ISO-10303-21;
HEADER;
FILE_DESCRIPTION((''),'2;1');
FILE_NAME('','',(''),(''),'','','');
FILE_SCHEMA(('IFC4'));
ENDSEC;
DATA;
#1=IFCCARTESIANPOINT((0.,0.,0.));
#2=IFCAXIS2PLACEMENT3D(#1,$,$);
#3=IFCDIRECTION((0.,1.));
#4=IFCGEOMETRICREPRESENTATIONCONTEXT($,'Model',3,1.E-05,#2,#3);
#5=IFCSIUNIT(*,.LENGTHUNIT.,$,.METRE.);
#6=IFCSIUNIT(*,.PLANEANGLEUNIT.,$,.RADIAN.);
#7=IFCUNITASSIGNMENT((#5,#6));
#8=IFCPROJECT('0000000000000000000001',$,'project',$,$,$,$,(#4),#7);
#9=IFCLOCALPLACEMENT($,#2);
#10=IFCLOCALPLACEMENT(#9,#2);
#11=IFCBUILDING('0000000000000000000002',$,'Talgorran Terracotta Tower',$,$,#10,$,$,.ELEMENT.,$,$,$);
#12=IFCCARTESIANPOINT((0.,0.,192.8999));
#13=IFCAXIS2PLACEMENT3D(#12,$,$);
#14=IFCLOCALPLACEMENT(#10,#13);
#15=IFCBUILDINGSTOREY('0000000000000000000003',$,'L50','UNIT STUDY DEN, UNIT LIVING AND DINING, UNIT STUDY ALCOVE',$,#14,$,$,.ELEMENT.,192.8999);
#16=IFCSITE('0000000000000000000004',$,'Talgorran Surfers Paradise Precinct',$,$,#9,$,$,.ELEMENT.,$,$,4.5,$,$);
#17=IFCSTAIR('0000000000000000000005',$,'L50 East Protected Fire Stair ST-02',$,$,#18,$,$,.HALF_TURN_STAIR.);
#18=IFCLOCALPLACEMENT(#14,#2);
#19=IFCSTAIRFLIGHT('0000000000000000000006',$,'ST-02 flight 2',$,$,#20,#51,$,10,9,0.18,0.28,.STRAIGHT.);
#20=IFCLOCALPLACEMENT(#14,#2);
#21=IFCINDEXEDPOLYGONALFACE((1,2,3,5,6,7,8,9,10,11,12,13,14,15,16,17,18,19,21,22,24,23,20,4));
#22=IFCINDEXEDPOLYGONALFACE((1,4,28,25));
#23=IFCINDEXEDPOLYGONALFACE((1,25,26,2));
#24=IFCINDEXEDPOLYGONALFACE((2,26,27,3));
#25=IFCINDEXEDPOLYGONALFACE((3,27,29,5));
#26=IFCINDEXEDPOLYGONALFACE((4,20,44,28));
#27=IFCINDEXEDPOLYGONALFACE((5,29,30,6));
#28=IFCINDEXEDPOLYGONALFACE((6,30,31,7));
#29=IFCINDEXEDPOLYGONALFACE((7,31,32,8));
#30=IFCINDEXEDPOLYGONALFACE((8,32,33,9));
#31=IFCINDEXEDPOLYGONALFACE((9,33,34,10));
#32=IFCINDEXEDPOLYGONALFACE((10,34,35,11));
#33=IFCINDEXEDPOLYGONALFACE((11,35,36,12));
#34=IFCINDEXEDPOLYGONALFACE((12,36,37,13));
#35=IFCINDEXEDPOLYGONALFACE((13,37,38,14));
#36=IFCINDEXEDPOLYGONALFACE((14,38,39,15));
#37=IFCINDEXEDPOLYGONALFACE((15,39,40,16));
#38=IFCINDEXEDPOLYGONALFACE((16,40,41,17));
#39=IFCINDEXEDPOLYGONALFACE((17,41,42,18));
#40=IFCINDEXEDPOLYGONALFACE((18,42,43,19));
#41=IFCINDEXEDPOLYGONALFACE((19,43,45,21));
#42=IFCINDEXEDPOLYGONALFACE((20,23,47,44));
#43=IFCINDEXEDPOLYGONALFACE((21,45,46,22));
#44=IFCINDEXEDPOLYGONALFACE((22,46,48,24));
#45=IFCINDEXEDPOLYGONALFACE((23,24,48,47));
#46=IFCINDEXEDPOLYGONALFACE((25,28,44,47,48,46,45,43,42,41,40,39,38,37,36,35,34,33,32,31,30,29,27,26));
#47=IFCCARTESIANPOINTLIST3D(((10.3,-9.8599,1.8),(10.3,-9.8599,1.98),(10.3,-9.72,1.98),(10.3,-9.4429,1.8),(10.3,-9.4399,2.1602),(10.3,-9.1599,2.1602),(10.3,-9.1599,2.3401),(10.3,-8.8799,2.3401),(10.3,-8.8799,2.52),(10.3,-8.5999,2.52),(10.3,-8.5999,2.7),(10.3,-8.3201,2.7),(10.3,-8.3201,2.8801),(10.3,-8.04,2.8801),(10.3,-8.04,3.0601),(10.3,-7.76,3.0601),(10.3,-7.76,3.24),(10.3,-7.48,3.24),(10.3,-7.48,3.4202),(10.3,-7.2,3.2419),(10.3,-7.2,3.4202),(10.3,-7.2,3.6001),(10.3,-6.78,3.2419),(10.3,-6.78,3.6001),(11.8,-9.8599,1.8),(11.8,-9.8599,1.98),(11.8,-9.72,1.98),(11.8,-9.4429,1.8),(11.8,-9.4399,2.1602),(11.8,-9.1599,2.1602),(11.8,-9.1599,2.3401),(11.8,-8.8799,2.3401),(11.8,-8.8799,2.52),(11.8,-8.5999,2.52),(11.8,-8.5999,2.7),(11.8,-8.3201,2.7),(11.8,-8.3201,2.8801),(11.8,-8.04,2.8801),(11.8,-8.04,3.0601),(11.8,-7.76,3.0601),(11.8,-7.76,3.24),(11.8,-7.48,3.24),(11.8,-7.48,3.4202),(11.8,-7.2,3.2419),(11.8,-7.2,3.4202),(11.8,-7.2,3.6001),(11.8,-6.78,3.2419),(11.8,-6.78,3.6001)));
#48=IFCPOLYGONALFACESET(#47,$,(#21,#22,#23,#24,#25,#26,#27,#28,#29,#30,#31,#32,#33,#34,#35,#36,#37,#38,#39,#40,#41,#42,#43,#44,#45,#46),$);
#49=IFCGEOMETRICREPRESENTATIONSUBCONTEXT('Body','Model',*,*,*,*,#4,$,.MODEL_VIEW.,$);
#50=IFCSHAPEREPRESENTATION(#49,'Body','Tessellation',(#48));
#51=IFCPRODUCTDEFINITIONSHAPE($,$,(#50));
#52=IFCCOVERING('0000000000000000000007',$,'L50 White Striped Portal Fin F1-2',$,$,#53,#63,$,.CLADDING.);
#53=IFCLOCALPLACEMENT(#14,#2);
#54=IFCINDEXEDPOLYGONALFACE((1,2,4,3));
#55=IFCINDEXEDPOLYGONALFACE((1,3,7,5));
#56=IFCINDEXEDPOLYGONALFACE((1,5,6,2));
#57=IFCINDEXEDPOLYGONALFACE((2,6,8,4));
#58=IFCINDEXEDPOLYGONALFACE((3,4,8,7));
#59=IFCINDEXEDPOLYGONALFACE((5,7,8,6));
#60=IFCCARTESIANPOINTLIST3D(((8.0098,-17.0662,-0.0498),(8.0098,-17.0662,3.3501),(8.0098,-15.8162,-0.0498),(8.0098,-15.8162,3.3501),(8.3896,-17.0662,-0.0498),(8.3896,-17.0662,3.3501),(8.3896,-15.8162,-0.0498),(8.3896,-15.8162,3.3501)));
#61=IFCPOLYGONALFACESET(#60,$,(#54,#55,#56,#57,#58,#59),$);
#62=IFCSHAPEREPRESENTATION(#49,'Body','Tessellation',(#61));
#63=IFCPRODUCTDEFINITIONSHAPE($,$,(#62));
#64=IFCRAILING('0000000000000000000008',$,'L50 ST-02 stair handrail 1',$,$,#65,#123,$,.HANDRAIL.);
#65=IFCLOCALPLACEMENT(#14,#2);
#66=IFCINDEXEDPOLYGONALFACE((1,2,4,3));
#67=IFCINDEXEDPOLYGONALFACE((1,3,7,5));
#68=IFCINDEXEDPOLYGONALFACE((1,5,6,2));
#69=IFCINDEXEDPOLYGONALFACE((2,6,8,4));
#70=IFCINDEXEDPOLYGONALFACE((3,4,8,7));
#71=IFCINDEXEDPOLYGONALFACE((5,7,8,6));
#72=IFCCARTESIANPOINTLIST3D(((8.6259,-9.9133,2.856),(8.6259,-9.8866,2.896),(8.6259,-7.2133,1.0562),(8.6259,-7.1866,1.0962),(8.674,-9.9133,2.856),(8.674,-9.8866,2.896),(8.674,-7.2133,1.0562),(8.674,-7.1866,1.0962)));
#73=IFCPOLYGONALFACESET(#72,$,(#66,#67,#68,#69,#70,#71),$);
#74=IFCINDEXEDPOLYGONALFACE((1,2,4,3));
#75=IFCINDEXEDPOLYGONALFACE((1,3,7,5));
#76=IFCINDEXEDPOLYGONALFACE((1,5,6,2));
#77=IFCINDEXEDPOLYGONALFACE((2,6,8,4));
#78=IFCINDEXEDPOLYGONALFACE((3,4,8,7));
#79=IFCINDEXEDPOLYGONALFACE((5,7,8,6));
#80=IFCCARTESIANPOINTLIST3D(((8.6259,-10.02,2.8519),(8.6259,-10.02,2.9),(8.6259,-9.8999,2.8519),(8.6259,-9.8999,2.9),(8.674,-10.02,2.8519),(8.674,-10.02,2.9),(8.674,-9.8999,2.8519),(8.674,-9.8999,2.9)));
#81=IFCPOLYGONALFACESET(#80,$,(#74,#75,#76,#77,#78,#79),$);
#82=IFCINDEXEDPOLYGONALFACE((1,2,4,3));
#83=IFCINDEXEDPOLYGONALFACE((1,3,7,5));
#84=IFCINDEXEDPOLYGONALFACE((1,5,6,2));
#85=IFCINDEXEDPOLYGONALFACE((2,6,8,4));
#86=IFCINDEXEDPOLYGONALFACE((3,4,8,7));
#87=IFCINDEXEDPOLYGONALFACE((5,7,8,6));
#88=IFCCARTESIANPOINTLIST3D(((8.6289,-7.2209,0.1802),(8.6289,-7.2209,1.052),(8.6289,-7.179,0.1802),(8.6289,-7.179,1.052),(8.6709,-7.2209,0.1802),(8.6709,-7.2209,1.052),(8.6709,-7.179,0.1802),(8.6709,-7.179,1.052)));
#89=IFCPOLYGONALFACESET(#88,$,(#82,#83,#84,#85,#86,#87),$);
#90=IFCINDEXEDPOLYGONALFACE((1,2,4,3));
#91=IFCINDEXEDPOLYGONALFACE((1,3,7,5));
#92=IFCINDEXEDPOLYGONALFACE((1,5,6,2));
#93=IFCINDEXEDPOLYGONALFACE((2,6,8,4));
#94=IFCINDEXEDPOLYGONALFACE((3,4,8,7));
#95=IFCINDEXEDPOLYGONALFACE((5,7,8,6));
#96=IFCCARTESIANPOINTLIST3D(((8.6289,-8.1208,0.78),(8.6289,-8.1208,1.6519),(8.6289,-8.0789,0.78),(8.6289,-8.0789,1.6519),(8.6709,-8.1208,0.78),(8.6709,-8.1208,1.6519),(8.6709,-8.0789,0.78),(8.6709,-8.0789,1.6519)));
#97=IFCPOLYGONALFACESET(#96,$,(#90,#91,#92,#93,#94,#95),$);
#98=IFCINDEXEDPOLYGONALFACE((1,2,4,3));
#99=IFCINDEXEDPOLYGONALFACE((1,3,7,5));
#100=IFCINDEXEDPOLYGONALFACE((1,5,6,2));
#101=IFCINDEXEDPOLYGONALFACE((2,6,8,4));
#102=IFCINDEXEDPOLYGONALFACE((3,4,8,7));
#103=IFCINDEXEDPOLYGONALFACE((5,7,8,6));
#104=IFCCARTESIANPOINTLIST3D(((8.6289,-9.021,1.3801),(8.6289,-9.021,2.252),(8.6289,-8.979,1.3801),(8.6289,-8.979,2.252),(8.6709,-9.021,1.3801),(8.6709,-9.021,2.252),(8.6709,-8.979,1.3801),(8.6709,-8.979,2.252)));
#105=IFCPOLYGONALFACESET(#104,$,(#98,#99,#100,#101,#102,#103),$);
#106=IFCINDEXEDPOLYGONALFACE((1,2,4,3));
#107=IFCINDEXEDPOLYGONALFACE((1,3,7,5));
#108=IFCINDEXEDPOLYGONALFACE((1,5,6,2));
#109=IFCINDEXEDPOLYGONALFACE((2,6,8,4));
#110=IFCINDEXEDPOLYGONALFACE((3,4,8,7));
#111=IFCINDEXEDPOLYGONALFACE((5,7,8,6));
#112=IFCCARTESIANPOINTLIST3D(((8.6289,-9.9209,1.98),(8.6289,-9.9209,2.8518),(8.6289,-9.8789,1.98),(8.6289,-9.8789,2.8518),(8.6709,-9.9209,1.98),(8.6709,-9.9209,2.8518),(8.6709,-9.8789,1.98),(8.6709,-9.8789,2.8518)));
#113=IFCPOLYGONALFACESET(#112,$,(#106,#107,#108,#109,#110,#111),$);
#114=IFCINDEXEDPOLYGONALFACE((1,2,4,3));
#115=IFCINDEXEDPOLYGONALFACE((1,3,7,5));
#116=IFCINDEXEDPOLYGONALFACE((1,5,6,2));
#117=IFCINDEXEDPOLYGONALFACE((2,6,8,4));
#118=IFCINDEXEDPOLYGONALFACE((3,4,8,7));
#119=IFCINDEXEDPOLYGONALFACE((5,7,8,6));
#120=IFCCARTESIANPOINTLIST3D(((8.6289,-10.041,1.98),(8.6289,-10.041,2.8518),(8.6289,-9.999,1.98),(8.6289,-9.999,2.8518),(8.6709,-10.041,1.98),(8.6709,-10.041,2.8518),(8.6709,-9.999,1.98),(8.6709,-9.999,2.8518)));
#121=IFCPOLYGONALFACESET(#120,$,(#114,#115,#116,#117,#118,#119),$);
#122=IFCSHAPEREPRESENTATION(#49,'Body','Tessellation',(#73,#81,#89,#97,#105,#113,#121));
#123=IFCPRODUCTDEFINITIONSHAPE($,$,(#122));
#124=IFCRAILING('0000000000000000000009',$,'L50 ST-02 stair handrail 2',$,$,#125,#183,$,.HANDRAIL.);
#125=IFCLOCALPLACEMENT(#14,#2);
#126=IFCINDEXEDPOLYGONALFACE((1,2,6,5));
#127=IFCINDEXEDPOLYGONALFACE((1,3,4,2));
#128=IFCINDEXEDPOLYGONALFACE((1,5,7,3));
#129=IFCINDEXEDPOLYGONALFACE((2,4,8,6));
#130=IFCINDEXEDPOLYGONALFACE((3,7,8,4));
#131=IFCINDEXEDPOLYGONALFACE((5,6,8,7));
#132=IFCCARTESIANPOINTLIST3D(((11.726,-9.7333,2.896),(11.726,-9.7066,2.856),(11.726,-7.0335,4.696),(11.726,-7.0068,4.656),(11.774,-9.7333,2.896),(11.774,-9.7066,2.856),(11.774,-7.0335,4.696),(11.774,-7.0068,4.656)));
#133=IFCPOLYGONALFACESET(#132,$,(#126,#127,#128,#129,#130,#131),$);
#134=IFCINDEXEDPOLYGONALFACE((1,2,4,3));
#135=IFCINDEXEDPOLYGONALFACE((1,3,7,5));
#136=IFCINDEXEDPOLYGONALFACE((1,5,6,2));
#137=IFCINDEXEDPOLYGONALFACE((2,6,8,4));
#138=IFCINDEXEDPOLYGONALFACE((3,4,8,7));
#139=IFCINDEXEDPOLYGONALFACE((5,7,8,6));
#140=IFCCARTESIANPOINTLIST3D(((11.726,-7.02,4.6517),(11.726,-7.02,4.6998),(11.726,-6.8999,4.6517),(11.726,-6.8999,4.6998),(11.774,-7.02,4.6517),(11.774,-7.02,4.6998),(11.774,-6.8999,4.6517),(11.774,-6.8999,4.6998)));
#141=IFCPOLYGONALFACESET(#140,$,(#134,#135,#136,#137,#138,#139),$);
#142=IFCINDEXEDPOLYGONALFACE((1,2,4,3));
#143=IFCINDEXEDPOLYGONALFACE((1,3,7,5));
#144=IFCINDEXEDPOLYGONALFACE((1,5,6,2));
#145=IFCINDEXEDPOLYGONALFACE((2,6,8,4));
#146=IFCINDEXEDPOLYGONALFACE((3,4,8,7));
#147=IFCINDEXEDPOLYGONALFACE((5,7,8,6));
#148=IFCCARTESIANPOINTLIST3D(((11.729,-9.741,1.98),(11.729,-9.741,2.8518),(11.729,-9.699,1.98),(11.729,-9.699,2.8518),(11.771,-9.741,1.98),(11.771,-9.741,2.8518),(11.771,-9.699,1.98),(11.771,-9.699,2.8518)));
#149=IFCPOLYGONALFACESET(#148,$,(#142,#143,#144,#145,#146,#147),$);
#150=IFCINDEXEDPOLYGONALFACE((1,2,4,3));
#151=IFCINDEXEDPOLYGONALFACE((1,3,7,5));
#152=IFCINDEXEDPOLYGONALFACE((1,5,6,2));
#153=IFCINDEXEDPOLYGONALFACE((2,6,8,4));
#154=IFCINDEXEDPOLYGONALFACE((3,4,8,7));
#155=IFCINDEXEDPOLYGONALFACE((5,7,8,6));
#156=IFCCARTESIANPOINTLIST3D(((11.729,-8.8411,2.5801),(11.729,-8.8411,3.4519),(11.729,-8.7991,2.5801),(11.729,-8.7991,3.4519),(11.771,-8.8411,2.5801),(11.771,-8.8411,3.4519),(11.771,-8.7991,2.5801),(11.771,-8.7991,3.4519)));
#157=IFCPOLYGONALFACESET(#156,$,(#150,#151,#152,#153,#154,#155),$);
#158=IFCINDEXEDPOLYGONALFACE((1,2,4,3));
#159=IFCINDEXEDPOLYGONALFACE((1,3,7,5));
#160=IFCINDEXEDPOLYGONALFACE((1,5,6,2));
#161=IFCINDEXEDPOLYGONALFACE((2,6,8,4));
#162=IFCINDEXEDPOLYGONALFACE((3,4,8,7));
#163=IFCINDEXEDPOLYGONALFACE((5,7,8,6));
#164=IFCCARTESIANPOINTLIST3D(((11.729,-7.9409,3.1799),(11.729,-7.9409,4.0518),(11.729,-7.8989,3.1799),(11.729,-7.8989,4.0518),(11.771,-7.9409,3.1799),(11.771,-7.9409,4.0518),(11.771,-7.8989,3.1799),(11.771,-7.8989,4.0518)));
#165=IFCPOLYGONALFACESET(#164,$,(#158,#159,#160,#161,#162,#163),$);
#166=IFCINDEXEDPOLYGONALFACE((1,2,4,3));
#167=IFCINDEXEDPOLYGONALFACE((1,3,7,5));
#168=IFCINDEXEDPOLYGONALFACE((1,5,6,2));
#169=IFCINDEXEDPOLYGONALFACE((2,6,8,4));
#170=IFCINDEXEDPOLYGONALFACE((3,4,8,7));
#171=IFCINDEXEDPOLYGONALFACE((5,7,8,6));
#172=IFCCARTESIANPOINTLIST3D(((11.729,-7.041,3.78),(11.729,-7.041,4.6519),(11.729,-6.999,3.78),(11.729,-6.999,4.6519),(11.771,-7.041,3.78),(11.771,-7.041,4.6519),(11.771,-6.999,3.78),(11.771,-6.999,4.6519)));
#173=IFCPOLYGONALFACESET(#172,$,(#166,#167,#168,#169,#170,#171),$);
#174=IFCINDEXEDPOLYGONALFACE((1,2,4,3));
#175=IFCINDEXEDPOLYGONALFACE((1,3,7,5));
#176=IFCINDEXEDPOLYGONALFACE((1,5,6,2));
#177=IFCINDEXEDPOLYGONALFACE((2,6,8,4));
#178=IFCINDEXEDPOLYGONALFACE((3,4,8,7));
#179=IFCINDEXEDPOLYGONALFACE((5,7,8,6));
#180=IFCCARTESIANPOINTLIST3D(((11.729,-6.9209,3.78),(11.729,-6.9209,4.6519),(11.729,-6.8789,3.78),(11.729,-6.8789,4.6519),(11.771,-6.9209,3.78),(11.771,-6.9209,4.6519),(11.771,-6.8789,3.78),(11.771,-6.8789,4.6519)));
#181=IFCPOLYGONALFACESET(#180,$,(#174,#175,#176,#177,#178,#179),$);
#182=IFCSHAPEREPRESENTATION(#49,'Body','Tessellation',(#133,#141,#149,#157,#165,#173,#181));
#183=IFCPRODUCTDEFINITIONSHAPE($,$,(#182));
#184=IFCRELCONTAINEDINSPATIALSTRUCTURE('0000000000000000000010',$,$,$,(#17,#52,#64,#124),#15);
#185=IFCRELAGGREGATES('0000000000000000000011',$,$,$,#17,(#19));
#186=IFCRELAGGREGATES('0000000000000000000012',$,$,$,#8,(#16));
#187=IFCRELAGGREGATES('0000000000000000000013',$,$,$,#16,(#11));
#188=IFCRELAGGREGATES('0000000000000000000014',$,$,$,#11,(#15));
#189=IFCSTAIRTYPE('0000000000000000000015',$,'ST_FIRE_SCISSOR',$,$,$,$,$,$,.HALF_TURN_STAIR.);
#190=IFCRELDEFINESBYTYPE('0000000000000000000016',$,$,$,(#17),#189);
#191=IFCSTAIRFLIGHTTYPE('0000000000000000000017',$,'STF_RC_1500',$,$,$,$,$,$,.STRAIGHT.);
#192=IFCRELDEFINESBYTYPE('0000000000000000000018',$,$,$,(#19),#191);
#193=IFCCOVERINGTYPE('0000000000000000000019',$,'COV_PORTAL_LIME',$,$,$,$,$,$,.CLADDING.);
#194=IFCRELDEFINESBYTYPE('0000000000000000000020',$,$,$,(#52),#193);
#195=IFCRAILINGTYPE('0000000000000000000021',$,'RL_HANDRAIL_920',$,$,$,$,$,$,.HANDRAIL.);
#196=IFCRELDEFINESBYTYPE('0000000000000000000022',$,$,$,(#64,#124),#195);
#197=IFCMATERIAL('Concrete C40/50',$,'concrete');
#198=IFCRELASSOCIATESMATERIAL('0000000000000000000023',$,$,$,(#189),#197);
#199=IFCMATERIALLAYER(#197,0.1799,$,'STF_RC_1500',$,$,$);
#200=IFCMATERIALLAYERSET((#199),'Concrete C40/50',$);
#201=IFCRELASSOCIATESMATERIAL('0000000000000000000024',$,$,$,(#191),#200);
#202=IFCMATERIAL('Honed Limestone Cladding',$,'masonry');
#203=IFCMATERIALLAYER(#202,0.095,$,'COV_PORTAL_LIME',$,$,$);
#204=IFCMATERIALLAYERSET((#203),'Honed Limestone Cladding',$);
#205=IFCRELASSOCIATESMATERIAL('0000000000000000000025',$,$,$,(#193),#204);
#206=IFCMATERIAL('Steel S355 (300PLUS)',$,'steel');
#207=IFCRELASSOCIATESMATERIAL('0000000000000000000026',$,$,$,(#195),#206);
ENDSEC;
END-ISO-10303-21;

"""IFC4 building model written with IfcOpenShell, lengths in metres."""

from ifc_helpers import new_model, si_unit, direction, frame, origin, origin_2d, place, context, subcontext, project, spatial, polyline, rectangle, outline, extrude, material, layer, layer_set, type_object, element, aggregate, save


model = new_model("IFC4")

# Units and contexts
model_context = context("Model", 3, precision=1e-05, world=origin(), true_north=direction((0.0, 1.0)))
body_context = subcontext(model_context, "Body", "Model", "MODEL_VIEW")
ifc_project = project(units=[si_unit("LENGTHUNIT", "METRE"), si_unit("PLANEANGLEUNIT", "RADIAN")], contexts=[model_context])

# Site, building, storey
site_placement = place(None, origin())
site = spatial("IfcSite", under=ifc_project, at=site_placement, Name="Talgorran Surfers Paradise Precinct", CompositionType="ELEMENT", RefElevation=4.5)
building_placement = place(site_placement, origin())
building = spatial("IfcBuilding", under=site, at=building_placement, Name="Talgorran Terracotta Tower", CompositionType="ELEMENT")
storey_placement = place(building_placement, frame((0.0, 0.0, 192.8999)))
storey = spatial("IfcBuildingStorey", under=building, at=storey_placement, Name="L50", Description="UNIT STUDY DEN, UNIT LIVING AND DINING, UNIT STUDY ALCOVE", CompositionType="ELEMENT", Elevation=192.8999)

# Shared definitions
ifc_material_1 = material(Name="Steel S355 (300PLUS)", Category="steel")

# Stair, stair flight
ifc_material_2 = material(Name="Concrete C40/50", Category="concrete")
stair_type = type_object("IfcStairType", Name="ST_FIRE_SCISSOR", PredefinedType="HALF_TURN_STAIR", material=ifc_material_2)
stair_placement = place(storey_placement, origin())
stair = element("IfcStair", 1, at=stair_placement, inside=storey, type_object=stair_type, Name="L50 East Protected Fire Stair ST-02", PredefinedType="HALF_TURN_STAIR")
ifc_layer_1 = layer(ifc_material_2, 0.1799, Name="STF_RC_1500")
ifc_layer_set_1 = layer_set([ifc_layer_1], Name="Concrete C40/50")
stair_flight_type = type_object("IfcStairFlightType", Name="STF_RC_1500", PredefinedType="STRAIGHT", material=ifc_layer_set_1)
stair_flight_1_placement = place(storey_placement, frame((11.05, -9.72, 1.8), z_axis=(0.0, 0.0, 1.0), x_axis=(0.0, 1.0, 0.0)))
stair_flight_1 = element("IfcStairFlight", 2, at=stair_flight_1_placement, type_object=stair_flight_type, Name="ST-02 flight 2", NumberOfRisers=10, NumberOfTreads=9, PredefinedType="STRAIGHT", RiserHeight=0.18, TreadLength=0.28, context=body_context, shape_type="SweptSolid", body=[
    extrude(outline(polyline([(-0.1399, 0.0), (-0.1399, 0.1799), (0.0, 0.1799), (0.28, 0.3601), (0.5601, 0.3601), (0.5601, 0.54), (0.8401, 0.54), (0.8401, 0.72), (1.1201, 0.72), (1.1201, 0.8999), (1.3999, 0.8999), (1.3999, 1.0801), (1.6799, 1.0801), (1.6799, 1.26), (1.96, 1.26), (1.96, 1.4399), (2.24, 1.4399), (2.24, 1.6201), (2.52, 1.6201), (2.52, 1.8), (2.9399, 1.8), (2.9399, 1.4419), (2.52, 1.4419), (0.2771, 0.0), (-0.1399, 0.0)])), frame((0.0, 0.75, 0.0), z_axis=(0.0, -1.0, 0.0), x_axis=(1.0, 0.0, 0.0)), (0.0, 0.0, 1.0), 1.5),
])
aggregate(stair, [stair_flight_1])

# Covering
ifc_material_3 = material(Name="Honed Limestone Cladding", Category="masonry")
ifc_layer_2 = layer(ifc_material_3, 0.095, Name="COV_PORTAL_LIME")
ifc_layer_set_2 = layer_set([ifc_layer_2], Name="Honed Limestone Cladding")
covering_type = type_object("IfcCoveringType", Name="COV_PORTAL_LIME", PredefinedType="CLADDING", material=ifc_layer_set_2)
covering_placement = place(storey_placement, frame((8.1997, -16.4412, -0.0498), z_axis=(0.0, 0.0, 1.0), x_axis=(1.0, 0.0, 0.0)))
element("IfcCovering", 3, at=covering_placement, inside=storey, type_object=covering_type, Name="L50 White Striped Portal Fin F1-2", PredefinedType="CLADDING", context=body_context, shape_type="SweptSolid", body=[
    extrude(rectangle(XDim=0.3799, YDim=1.25, at=origin_2d()), origin(), (0.0, 0.0, 1.0), 3.3999),
])

# Railings
railing_type_1 = type_object("IfcRailingType", Name="RL_HANDRAIL_920", PredefinedType="HANDRAIL", material=ifc_material_1)
railing_1_placement = place(storey_placement, frame((8.6499, -7.2, 0.1802)))
element("IfcRailing", 4, at=railing_1_placement, inside=storey, type_object=railing_type_1, Name="L50 ST-02 stair handrail 1", PredefinedType="HANDRAIL", context=body_context, shape_type="SweptSolid", body=[
    extrude(rectangle(XDim=0.0481, YDim=0.0481, at=origin_2d()), frame((0.0, 0.0, 0.896), z_axis=(0.0, -0.832073, 0.554665), x_axis=(1.0, 0.0, 0.0)), (0.0, 0.0, 1.0), 3.2449),
    extrude(rectangle(XDim=0.0481, YDim=0.0481, at=origin_2d()), frame((0.0, -2.7, 2.6958), z_axis=(0.0, -1.0, 0.0), x_axis=(1.0, 0.0, 0.0)), (0.0, 0.0, 1.0), 0.1201),
    extrude(rectangle(XDim=0.042, YDim=0.042, at=origin_2d()), origin(), (0.0, 0.0, 1.0), 0.8718),
    extrude(rectangle(XDim=0.042, YDim=0.042, at=origin_2d()), frame((0.0, -0.8999, 0.5999)), (0.0, 0.0, 1.0), 0.8718),
    extrude(rectangle(XDim=0.042, YDim=0.042, at=origin_2d()), frame((0.0, -1.8, 1.2)), (0.0, 0.0, 1.0), 0.8718),
    extrude(rectangle(XDim=0.042, YDim=0.042, at=origin_2d()), frame((0.0, -2.7, 1.7998)), (0.0, 0.0, 1.0), 0.8718),
    extrude(rectangle(XDim=0.042, YDim=0.042, at=origin_2d()), frame((0.0, -2.8201, 1.7998)), (0.0, 0.0, 1.0), 0.8718),
])
railing_2_placement = place(storey_placement, frame((11.75, -9.72, 1.98)))
element("IfcRailing", 5, at=railing_2_placement, inside=storey, type_object=railing_type_1, Name="L50 ST-02 stair handrail 2", PredefinedType="HANDRAIL", context=body_context, shape_type="SweptSolid", body=[
    extrude(rectangle(XDim=0.0481, YDim=0.0481, at=origin_2d()), frame((0.0, 0.0, 0.896), z_axis=(0.0, 0.832039, 0.554718), x_axis=(-1.0, 0.0, 0.0)), (0.0, 0.0, 1.0), 3.2449),
    extrude(rectangle(XDim=0.0481, YDim=0.0481, at=origin_2d()), frame((0.0, 2.7, 2.6958), z_axis=(0.0, 1.0, 0.0), x_axis=(-1.0, 0.0, 0.0)), (0.0, 0.0, 1.0), 0.1201),
    extrude(rectangle(XDim=0.042, YDim=0.042, at=origin_2d()), origin(), (0.0, 0.0, 1.0), 0.8718),
    extrude(rectangle(XDim=0.042, YDim=0.042, at=origin_2d()), frame((0.0, 0.8999, 0.6001)), (0.0, 0.0, 1.0), 0.8718),
    extrude(rectangle(XDim=0.042, YDim=0.042, at=origin_2d()), frame((0.0, 1.8, 1.2)), (0.0, 0.0, 1.0), 0.8718),
    extrude(rectangle(XDim=0.042, YDim=0.042, at=origin_2d()), frame((0.0, 2.7, 1.8)), (0.0, 0.0, 1.0), 0.8718),
    extrude(rectangle(XDim=0.042, YDim=0.042, at=origin_2d()), frame((0.0, 2.8201, 1.8)), (0.0, 0.0, 1.0), 0.8718),
])

save(model, "model.ifc")
